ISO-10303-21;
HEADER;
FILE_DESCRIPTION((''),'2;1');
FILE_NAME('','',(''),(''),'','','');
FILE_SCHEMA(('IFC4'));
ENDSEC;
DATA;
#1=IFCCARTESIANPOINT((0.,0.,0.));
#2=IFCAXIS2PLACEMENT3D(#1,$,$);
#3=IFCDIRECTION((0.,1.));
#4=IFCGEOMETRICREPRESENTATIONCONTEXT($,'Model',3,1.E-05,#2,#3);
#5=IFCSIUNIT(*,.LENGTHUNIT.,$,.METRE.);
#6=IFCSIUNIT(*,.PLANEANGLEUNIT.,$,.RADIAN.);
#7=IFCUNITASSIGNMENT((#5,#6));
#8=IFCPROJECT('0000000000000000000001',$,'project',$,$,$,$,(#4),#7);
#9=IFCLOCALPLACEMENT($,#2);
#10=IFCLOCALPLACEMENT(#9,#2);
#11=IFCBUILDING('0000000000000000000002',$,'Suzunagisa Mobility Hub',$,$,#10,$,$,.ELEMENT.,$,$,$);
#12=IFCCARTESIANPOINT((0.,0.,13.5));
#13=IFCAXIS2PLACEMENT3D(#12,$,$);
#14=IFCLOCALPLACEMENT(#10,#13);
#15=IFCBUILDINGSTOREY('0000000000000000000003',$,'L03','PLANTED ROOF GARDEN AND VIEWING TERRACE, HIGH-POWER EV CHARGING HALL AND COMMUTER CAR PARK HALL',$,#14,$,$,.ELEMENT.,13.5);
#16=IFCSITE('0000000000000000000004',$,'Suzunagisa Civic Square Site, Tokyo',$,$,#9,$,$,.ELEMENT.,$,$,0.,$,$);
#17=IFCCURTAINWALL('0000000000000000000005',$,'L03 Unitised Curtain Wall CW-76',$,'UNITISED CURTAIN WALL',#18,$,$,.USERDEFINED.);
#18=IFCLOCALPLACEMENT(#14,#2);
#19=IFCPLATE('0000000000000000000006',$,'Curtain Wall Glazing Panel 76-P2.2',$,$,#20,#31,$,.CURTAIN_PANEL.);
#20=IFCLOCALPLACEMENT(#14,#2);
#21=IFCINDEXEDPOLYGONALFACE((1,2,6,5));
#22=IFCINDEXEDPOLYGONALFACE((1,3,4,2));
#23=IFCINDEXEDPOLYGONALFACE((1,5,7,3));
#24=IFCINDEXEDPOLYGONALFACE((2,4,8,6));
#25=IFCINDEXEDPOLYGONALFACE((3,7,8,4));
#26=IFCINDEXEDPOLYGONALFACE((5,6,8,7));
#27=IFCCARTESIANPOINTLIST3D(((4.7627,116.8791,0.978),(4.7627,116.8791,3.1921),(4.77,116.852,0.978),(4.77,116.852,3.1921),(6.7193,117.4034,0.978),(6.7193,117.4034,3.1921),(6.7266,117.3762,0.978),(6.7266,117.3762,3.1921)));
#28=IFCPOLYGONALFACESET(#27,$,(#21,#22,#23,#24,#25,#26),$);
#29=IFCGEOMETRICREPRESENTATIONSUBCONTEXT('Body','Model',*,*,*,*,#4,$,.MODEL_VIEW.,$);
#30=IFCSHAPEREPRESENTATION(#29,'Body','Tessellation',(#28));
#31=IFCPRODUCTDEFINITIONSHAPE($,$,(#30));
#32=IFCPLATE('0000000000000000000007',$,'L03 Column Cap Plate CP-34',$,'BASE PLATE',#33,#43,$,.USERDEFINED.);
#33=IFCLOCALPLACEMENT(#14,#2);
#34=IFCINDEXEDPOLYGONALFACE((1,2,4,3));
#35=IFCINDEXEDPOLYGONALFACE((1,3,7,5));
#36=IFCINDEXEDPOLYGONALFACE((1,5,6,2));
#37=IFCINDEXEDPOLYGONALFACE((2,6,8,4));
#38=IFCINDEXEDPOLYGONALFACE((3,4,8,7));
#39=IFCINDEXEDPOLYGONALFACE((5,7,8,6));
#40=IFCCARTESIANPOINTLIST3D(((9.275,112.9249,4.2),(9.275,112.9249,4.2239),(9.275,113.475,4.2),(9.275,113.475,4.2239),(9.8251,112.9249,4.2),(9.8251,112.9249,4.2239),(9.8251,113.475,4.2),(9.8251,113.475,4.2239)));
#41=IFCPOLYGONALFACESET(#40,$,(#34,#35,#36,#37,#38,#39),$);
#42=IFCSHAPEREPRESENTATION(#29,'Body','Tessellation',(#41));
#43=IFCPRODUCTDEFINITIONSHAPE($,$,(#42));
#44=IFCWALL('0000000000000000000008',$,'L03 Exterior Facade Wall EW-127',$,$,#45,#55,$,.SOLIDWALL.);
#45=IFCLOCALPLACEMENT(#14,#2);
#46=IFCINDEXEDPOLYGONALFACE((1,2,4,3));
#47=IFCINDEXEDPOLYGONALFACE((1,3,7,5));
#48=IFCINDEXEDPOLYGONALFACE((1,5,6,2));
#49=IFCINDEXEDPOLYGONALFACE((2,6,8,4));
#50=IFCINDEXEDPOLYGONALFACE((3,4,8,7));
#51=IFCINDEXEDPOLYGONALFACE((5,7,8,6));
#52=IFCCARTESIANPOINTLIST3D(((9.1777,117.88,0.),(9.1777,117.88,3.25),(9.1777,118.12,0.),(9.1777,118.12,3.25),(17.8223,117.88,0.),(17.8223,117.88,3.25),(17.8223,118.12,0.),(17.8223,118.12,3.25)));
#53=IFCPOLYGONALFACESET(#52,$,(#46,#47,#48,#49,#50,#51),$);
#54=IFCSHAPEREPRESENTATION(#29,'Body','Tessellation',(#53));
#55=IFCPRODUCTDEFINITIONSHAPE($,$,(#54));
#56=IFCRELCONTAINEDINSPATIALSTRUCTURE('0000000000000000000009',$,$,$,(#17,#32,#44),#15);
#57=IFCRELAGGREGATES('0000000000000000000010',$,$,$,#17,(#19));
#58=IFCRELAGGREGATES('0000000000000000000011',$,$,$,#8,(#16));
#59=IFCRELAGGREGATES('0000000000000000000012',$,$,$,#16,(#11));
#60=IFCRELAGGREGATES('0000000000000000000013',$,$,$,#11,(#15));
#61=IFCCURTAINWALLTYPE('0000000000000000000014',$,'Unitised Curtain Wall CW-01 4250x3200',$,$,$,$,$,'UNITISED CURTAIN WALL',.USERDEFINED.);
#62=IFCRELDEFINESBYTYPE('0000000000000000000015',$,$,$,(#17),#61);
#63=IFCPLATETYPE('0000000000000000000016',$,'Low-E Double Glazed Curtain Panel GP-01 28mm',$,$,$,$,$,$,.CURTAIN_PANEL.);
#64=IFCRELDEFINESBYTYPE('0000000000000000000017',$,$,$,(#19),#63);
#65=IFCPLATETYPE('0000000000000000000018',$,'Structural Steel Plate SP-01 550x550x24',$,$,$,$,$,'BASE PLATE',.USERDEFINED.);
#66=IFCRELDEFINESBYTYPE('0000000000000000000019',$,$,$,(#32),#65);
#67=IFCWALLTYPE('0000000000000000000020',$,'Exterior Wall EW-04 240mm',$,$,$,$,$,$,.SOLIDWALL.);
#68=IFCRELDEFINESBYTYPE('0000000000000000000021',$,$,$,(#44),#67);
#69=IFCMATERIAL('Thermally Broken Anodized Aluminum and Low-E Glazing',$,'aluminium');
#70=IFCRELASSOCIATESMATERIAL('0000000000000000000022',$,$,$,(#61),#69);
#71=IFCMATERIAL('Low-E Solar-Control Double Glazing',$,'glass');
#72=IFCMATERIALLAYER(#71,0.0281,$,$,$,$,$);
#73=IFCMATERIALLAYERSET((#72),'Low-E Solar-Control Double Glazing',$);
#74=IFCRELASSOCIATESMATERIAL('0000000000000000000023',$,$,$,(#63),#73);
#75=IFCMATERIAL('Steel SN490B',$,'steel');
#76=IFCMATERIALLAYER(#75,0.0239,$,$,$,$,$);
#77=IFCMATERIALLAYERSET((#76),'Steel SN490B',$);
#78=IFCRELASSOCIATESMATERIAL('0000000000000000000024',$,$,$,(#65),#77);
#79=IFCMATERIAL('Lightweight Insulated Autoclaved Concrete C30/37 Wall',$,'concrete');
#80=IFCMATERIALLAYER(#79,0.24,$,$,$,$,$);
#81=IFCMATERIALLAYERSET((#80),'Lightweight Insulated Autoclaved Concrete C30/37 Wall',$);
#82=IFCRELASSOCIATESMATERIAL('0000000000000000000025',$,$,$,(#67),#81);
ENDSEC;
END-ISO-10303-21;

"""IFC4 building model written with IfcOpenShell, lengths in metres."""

from ifc_helpers import new_model, si_unit, direction, frame, frame_2d, origin, origin_2d, place, context, subcontext, project, spatial, rectangle, extrude, material, layer, layer_set, type_object, element, aggregate, save


model = new_model("IFC4")

# Units and contexts
model_context = context("Model", 3, precision=1e-05, world=origin(), true_north=direction((0.0, 1.0)))
body_context = subcontext(model_context, "Body", "Model", "MODEL_VIEW")
ifc_project = project(units=[si_unit("LENGTHUNIT", "METRE"), si_unit("PLANEANGLEUNIT", "RADIAN")], contexts=[model_context])

# Site, building, storey
site_placement = place(None, origin())
site = spatial("IfcSite", under=ifc_project, at=site_placement, Name="Suzunagisa Civic Square Site, Tokyo", CompositionType="ELEMENT", RefElevation=0.0)
building_placement = place(site_placement, origin())
building = spatial("IfcBuilding", under=site, at=building_placement, Name="Suzunagisa Mobility Hub", CompositionType="ELEMENT")
storey_placement = place(building_placement, frame((0.0, 0.0, 13.5)))
storey = spatial("IfcBuildingStorey", under=building, at=storey_placement, Name="L03", Description="PLANTED ROOF GARDEN AND VIEWING TERRACE, HIGH-POWER EV CHARGING HALL AND COMMUTER CAR PARK HALL", CompositionType="ELEMENT", Elevation=13.5)

# Shared definitions
ifc_material_1 = material(Name="Steel SN490B", Category="steel")

# Curtain wall
ifc_material_2 = material(Name="Thermally Broken Anodized Aluminum and Low-E Glazing", Category="aluminium")
curtain_wall_type_1 = type_object("IfcCurtainWallType", Name="Unitised Curtain Wall CW-01 4250x3200", ElementType="UNITISED CURTAIN WALL", PredefinedType="USERDEFINED", material=ifc_material_2)
curtain_wall_1_placement = place(storey_placement, origin())
curtain_wall_1 = element("IfcCurtainWall", 1, at=curtain_wall_1_placement, inside=storey, type_object=curtain_wall_type_1, Name="L03 Unitised Curtain Wall CW-76", ObjectType="UNITISED CURTAIN WALL", PredefinedType="USERDEFINED")

# Plates
ifc_material_3 = material(Name="Low-E Solar-Control Double Glazing", Category="glass")
ifc_layer_1 = layer(ifc_material_3, 0.0281)
ifc_layer_set_1 = layer_set([ifc_layer_1], Name="Low-E Solar-Control Double Glazing")
plate_type_1 = type_object("IfcPlateType", Name="Low-E Double Glazed Curtain Panel GP-01 28mm", PredefinedType="CURTAIN_PANEL", material=ifc_layer_set_1)
plate_1_placement = place(storey_placement, frame((5.7446, 117.1277, 0.978), z_axis=(0.0, 0.0, 1.0), x_axis=(-0.96593, -0.258803, 0.0)))
plate_1 = element("IfcPlate", 2, at=plate_1_placement, type_object=plate_type_1, Name="Curtain Wall Glazing Panel 76-P2.2", PredefinedType="CURTAIN_PANEL", context=body_context, shape_type="SweptSolid", body=[
    extrude(rectangle(XDim=2.0256, YDim=0.0281, at=origin_2d()), origin(), (0.0, 0.0, 1.0), 2.2141),
])
aggregate(curtain_wall_1, [plate_1])
ifc_layer_2 = layer(ifc_material_1, 0.0239)
ifc_layer_set_2 = layer_set([ifc_layer_2], Name="Steel SN490B")
plate_type_2 = type_object("IfcPlateType", Name="Structural Steel Plate SP-01 550x550x24", ElementType="BASE PLATE", PredefinedType="USERDEFINED", material=ifc_layer_set_2)
plate_2_placement = place(storey_placement, frame((9.55, 113.2, 4.2), z_axis=(0.0, 0.0, 1.0), x_axis=(1.0, 0.0, 0.0)))
element("IfcPlate", 3, at=plate_2_placement, inside=storey, type_object=plate_type_2, Name="L03 Column Cap Plate CP-34", ObjectType="BASE PLATE", PredefinedType="USERDEFINED", context=body_context, shape_type="SweptSolid", body=[
    extrude(rectangle(XDim=0.55, YDim=0.55, at=origin_2d()), origin(), (0.0, 0.0, 1.0), 0.0239),
])

# Wall
ifc_material_4 = material(Name="Lightweight Insulated Autoclaved Concrete C30/37 Wall", Category="concrete")
ifc_layer_3 = layer(ifc_material_4, 0.24)
ifc_layer_set_3 = layer_set([ifc_layer_3], Name="Lightweight Insulated Autoclaved Concrete C30/37 Wall")
wall_type = type_object("IfcWallType", Name="Exterior Wall EW-04 240mm", PredefinedType="SOLIDWALL", material=ifc_layer_set_3)
wall_placement = place(storey_placement, frame((17.8223, 118.0, 0.0), z_axis=(0.0, 0.0, 1.0), x_axis=(-1.0, 0.0, 0.0)))
element("IfcWall", 4, at=wall_placement, inside=storey, type_object=wall_type, Name="L03 Exterior Facade Wall EW-127", PredefinedType="SOLIDWALL", context=body_context, shape_type="SweptSolid", body=[
    extrude(rectangle(XDim=8.6445, YDim=0.24, at=frame_2d((4.3223, 0.0))), origin(), (0.0, 0.0, 1.0), 3.25),
])

save(model, "model.ifc")
